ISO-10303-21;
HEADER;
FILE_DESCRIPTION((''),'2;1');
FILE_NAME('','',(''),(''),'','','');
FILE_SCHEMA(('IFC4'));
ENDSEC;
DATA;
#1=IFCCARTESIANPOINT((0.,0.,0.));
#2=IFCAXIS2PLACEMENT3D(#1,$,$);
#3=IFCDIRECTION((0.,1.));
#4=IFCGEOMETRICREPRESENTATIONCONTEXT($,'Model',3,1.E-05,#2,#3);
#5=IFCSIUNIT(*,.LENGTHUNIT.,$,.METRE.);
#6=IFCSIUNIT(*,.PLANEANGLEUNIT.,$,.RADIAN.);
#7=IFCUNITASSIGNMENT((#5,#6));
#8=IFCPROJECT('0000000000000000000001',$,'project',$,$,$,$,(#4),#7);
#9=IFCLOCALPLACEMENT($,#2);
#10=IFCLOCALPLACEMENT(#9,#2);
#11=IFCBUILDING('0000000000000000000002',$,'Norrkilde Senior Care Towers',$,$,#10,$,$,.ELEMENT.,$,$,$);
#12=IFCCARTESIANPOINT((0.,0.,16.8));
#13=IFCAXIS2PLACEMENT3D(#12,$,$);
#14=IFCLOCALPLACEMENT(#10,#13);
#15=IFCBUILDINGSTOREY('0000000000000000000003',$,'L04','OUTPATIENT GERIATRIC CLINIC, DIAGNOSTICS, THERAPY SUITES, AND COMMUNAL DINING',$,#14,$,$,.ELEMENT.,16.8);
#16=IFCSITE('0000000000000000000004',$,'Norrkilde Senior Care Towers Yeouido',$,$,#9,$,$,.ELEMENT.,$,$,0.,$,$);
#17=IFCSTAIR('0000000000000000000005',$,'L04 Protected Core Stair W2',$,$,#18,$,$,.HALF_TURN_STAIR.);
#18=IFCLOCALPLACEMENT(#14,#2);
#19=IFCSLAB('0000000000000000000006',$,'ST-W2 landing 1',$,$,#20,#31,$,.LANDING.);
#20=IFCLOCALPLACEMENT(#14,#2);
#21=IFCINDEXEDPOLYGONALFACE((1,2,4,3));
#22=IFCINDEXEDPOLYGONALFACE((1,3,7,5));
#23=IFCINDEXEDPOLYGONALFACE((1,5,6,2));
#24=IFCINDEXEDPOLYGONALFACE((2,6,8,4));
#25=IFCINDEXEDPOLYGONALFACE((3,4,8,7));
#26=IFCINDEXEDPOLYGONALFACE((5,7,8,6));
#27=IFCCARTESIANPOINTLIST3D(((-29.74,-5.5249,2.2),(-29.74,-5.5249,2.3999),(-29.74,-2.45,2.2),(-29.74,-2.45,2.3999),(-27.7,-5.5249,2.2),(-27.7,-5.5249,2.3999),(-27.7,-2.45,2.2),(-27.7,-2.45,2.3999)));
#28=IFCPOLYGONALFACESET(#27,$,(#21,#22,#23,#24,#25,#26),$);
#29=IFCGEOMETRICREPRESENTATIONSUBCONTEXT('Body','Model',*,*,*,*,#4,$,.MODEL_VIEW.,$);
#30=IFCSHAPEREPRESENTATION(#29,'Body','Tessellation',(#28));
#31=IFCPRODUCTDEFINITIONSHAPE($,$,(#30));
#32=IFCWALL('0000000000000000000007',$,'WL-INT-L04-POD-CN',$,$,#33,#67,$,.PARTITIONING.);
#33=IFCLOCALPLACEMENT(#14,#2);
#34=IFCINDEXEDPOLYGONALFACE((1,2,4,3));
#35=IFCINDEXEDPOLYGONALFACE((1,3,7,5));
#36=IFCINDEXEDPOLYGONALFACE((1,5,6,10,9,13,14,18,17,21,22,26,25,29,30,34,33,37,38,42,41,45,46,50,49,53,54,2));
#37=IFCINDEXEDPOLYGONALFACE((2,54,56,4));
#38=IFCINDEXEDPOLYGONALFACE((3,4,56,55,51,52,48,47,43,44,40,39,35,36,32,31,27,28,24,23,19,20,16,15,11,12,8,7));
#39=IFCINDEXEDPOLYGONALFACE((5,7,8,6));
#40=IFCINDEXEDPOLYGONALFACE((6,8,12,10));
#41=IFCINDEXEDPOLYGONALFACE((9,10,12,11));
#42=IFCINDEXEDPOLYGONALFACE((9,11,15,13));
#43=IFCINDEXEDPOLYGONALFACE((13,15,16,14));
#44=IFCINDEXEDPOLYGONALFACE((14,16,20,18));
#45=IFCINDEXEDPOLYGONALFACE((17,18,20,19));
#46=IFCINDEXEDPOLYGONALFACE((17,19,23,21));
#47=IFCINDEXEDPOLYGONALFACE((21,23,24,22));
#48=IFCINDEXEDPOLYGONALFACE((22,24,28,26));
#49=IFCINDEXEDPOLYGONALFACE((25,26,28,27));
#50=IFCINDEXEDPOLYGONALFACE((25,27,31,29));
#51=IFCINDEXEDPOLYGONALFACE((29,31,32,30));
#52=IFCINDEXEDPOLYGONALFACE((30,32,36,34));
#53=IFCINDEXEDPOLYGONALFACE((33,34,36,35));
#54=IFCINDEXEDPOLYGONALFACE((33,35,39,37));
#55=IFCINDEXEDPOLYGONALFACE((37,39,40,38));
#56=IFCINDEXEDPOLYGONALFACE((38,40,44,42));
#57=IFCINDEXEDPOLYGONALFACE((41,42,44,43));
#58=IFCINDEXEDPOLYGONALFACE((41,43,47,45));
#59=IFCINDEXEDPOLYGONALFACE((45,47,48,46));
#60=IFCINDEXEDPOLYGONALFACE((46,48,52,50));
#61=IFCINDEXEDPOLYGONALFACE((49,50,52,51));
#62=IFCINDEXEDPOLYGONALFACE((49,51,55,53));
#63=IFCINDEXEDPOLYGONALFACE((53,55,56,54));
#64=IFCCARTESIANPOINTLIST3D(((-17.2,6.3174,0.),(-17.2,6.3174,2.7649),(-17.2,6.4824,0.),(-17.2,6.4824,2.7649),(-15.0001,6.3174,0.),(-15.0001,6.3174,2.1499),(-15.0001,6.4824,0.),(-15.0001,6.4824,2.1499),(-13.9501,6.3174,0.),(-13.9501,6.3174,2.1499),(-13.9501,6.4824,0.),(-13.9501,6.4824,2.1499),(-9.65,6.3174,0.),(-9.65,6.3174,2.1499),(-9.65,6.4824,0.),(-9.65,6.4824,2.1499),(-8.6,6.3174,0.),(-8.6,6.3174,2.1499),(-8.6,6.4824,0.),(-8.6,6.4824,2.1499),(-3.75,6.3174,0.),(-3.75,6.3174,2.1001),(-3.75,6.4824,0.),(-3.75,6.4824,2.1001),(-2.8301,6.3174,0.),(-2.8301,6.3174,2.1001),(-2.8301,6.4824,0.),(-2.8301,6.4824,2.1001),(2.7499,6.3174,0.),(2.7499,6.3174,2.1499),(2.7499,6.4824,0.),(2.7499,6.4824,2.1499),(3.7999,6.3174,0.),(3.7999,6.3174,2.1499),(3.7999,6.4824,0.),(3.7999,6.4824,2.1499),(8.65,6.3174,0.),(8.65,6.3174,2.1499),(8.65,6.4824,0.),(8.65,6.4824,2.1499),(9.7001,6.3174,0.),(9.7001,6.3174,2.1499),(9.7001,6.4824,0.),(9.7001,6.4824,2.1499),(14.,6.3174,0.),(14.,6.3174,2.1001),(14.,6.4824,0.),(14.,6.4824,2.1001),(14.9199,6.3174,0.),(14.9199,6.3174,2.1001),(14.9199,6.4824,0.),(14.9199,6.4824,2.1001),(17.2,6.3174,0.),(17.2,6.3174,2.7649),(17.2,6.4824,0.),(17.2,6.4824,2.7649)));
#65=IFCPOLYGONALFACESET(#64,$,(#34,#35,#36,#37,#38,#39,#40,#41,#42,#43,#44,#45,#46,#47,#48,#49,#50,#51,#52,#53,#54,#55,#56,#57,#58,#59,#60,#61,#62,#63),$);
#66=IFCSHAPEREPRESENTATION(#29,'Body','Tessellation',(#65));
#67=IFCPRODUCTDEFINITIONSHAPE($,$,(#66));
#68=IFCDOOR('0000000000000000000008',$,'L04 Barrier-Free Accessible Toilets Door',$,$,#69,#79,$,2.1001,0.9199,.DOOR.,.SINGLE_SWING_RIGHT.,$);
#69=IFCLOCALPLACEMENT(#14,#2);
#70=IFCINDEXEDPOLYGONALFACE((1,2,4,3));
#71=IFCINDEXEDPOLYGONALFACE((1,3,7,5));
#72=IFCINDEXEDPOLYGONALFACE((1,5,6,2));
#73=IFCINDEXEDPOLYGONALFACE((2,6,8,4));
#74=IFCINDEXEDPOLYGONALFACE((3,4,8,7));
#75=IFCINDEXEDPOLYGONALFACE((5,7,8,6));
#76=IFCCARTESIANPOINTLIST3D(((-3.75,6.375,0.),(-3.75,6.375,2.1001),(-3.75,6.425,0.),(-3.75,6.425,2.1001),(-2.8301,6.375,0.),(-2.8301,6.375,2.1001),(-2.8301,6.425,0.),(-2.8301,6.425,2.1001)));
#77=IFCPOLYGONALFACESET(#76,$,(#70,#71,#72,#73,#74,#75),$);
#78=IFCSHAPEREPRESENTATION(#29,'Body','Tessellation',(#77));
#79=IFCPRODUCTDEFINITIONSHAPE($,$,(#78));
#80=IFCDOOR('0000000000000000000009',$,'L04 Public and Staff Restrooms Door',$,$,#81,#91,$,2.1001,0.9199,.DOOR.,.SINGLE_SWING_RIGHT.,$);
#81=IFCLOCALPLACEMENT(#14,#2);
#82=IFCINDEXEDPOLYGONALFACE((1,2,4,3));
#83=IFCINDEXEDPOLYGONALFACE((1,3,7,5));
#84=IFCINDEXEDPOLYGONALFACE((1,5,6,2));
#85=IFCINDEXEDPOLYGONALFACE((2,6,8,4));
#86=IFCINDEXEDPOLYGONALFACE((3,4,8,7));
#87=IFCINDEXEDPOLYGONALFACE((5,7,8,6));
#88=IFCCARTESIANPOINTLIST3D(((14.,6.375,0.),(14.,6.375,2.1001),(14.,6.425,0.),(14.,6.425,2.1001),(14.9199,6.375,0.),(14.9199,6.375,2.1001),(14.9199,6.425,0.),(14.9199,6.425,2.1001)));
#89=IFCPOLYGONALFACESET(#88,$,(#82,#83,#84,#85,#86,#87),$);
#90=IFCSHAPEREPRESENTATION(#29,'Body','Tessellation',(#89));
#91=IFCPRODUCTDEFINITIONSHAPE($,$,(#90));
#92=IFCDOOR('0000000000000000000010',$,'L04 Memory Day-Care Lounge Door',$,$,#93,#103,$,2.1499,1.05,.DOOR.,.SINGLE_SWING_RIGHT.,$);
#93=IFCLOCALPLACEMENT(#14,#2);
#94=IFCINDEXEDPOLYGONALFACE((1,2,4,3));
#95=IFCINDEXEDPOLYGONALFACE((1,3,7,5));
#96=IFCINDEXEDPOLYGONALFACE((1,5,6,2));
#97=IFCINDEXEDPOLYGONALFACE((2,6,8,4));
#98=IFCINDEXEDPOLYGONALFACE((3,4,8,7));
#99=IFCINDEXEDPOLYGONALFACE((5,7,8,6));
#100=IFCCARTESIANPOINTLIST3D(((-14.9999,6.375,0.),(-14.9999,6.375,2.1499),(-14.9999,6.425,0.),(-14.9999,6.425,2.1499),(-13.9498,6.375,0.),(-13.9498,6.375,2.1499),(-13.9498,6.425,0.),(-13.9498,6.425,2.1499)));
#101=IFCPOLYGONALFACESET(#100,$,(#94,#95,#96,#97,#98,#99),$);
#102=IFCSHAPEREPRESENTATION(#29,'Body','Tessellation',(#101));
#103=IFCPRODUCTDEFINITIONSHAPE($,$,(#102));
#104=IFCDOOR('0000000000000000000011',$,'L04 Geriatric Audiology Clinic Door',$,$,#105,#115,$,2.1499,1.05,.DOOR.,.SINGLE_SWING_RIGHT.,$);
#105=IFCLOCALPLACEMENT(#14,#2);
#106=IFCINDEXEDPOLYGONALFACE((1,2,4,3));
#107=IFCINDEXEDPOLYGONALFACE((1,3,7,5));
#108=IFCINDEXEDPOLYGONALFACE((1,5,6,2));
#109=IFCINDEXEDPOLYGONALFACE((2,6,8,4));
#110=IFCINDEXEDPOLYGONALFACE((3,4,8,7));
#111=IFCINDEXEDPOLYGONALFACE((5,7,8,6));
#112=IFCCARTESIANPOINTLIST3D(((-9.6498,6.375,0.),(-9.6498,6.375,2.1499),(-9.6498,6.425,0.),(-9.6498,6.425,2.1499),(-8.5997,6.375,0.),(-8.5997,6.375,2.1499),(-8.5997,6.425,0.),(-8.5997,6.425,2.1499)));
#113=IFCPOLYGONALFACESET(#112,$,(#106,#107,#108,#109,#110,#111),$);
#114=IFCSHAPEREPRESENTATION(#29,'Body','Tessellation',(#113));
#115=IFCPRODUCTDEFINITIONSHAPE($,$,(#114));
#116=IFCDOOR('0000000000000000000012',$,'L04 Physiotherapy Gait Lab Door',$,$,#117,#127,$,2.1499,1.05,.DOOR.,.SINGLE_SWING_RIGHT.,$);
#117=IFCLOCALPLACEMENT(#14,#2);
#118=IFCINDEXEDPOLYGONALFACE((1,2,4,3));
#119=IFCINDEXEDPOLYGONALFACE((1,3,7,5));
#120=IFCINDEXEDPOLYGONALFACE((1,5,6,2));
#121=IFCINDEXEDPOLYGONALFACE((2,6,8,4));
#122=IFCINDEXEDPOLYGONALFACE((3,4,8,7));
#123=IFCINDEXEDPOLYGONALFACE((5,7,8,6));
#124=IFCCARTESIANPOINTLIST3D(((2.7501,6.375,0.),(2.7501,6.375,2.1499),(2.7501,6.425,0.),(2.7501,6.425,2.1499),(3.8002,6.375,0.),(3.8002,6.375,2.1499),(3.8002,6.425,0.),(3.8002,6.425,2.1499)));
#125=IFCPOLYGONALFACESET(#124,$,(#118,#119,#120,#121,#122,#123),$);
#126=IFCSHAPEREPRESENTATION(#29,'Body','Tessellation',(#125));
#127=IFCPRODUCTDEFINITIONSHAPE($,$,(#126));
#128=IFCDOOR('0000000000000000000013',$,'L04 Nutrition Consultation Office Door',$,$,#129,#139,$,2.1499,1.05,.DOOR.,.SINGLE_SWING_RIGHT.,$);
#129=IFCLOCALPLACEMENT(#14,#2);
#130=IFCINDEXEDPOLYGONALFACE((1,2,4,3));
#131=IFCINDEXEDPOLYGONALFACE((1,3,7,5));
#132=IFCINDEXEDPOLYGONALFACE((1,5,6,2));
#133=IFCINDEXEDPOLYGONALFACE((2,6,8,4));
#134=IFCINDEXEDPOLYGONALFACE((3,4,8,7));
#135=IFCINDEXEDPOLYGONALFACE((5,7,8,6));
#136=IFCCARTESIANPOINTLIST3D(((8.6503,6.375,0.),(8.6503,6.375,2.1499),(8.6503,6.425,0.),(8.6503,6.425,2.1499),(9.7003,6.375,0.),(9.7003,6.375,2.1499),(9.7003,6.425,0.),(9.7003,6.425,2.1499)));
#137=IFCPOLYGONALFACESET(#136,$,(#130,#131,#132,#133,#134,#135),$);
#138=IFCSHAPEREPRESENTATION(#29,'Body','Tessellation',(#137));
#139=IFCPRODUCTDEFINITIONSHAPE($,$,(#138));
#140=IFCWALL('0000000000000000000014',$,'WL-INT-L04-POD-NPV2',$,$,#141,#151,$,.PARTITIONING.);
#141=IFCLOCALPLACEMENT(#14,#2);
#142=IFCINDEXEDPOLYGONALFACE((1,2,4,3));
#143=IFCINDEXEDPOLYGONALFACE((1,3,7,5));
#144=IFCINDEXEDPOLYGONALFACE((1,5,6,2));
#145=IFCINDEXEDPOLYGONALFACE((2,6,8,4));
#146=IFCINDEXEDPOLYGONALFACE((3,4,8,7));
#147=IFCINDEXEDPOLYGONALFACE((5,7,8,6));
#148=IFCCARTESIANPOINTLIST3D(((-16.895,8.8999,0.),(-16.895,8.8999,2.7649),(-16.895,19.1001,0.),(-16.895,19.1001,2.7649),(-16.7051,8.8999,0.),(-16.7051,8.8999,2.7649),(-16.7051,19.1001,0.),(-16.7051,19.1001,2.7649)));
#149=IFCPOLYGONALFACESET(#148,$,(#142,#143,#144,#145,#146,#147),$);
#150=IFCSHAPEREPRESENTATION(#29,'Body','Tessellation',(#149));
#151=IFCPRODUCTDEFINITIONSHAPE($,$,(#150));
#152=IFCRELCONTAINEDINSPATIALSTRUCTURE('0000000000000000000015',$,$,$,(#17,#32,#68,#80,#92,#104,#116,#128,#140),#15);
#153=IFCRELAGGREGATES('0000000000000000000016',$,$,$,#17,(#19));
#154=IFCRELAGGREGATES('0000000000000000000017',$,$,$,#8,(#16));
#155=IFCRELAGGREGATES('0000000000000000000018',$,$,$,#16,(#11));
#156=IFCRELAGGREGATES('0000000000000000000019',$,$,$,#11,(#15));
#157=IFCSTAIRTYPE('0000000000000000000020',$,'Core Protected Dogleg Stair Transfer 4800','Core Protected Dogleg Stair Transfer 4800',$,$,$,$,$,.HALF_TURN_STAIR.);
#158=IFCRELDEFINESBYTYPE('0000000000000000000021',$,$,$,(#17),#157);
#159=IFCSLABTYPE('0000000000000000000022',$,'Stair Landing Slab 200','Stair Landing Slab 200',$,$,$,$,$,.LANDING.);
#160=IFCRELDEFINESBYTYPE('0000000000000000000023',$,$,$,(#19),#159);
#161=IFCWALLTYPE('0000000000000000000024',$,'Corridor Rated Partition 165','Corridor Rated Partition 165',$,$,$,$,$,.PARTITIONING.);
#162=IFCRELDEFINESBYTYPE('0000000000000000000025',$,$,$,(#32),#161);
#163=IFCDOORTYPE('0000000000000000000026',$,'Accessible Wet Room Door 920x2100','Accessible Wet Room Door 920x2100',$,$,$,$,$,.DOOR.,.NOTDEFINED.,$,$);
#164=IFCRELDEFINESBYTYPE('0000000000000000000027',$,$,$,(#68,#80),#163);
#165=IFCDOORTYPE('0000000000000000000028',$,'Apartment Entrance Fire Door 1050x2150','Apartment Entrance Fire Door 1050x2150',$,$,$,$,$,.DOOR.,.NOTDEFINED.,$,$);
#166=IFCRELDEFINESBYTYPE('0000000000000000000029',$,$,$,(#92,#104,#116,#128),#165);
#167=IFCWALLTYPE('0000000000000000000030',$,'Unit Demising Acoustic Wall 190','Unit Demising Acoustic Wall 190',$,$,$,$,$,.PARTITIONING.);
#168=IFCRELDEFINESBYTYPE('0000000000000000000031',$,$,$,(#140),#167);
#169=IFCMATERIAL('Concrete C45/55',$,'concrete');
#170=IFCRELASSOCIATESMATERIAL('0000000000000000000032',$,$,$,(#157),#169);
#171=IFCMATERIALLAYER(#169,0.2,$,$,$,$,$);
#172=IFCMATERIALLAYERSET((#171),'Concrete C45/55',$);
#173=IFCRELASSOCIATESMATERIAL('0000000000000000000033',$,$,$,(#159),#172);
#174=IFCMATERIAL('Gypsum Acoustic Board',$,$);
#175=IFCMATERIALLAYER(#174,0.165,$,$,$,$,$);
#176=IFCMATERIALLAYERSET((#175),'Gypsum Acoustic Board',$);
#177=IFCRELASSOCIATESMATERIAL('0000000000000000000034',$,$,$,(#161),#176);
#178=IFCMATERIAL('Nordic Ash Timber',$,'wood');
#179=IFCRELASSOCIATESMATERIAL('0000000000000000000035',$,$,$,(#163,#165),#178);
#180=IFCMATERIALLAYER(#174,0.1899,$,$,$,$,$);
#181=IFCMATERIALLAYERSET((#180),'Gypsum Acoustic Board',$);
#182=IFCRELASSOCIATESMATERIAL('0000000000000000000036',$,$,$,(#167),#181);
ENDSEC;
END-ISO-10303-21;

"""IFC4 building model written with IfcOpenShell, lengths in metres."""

from ifc_helpers import new_model, si_unit, direction, frame, frame_2d, origin, place, context, subcontext, project, spatial, polyline, rectangle, outline, extrude, source, transform, mapped, material, layer, layer_set, type_object, type_shapes, element, fill, aggregate, save


model = new_model("IFC4")

# Units and contexts
model_context = context("Model", 3, precision=1e-05, world=origin(), true_north=direction((0.0, 1.0)))
body_context = subcontext(model_context, "Body", "Model", "MODEL_VIEW")
ifc_project = project(units=[si_unit("LENGTHUNIT", "METRE"), si_unit("PLANEANGLEUNIT", "RADIAN")], contexts=[model_context])

# Site, building, storey
site_placement = place(None, origin())
site = spatial("IfcSite", under=ifc_project, at=site_placement, Name="Norrkilde Senior Care Towers Yeouido", CompositionType="ELEMENT", RefElevation=0.0)
building_placement = place(site_placement, origin())
building = spatial("IfcBuilding", under=site, at=building_placement, Name="Norrkilde Senior Care Towers", CompositionType="ELEMENT")
storey_placement = place(building_placement, frame((0.0, 0.0, 16.8)))
storey = spatial("IfcBuildingStorey", under=building, at=storey_placement, Name="L04", Description="OUTPATIENT GERIATRIC CLINIC, DIAGNOSTICS, THERAPY SUITES, AND COMMUNAL DINING", CompositionType="ELEMENT", Elevation=16.8)

# Shared definitions
ifc_material_1 = material(Name="Concrete C45/55", Category="concrete")

# Stair, slab
stair_type = type_object("IfcStairType", Name="Core Protected Dogleg Stair Transfer 4800", Description="Core Protected Dogleg Stair Transfer 4800", PredefinedType="HALF_TURN_STAIR", material=ifc_material_1)
ifc_layer_1 = layer(ifc_material_1, 0.2)
ifc_layer_set_1 = layer_set([ifc_layer_1], Name="Concrete C45/55")
slab_type_1 = type_object("IfcSlabType", Name="Stair Landing Slab 200", Description="Stair Landing Slab 200", PredefinedType="LANDING", material=ifc_layer_set_1)
stair_1_placement = place(storey_placement, origin())
stair_1 = element("IfcStair", 1, at=stair_1_placement, inside=storey, type_object=stair_type, Name="L04 Protected Core Stair W2", PredefinedType="HALF_TURN_STAIR")
slab_1_placement = place(storey_placement, frame((0.0, 0.0, 2.2)))
slab_1 = element("IfcSlab", 2, at=slab_1_placement, type_object=slab_type_1, Name="ST-W2 landing 1", PredefinedType="LANDING", context=body_context, shape_type="SweptSolid", body=[
    extrude(outline(polyline([(-29.74, -5.5249), (-27.7, -5.5249), (-27.7, -2.45), (-29.74, -2.45), (-29.74, -5.5249)])), origin(), (0.0, 0.0, 1.0), 0.2),
])
aggregate(stair_1, [slab_1])

# Wall, openings, doors
ifc_material_2 = material(Name="Gypsum Acoustic Board")
ifc_layer_2 = layer(ifc_material_2, 0.165)
ifc_layer_set_2 = layer_set([ifc_layer_2], Name="Gypsum Acoustic Board")
wall_type_1 = type_object("IfcWallType", Name="Corridor Rated Partition 165", Description="Corridor Rated Partition 165", PredefinedType="PARTITIONING", material=ifc_layer_set_2)
shared_shape_1 = source(origin(), body_context, "Body", "SweptSolid", [
    extrude(rectangle(XDim=34.3999, YDim=0.165, at=frame_2d((17.2, 0.0))), origin(), (0.0, 0.0, 1.0), 2.7649),
])
type_shapes(wall_type_1, [shared_shape_1])
wall_1_placement = place(storey_placement, frame((-17.2, 6.3999, 0.0), z_axis=(0.0, 0.0, 1.0), x_axis=(1.0, 0.0, 0.0)))
wall_1 = element("IfcWall", 3, at=wall_1_placement, inside=storey, type_object=wall_type_1, Name="WL-INT-L04-POD-CN", PredefinedType="PARTITIONING", context=body_context, shape_type="MappedRepresentation", body=[
    mapped(shared_shape_1, transform((0.0, 0.0, 0.0), x_axis=(1.0, 0.0, 0.0), y_axis=(0.0, 1.0, 0.0), z_axis=(0.0, 0.0, 1.0), scale=1.0)),
])
opening_1_placement = place(wall_1_placement, frame((2.2, 0.0, 0.0)))
opening_1 = element("IfcOpeningElement", 4, at=opening_1_placement, cuts=wall_1, PredefinedType="OPENING", context=body_context, shape_type="SweptSolid", body=[
    extrude(rectangle(XDim=1.05, YDim=2.1499, at=frame_2d((0.5249, 1.075))), frame((0.0, 0.0925, 0.0), z_axis=(0.0, -1.0, 0.0), x_axis=(1.0, 0.0, 0.0)), (0.0, 0.0, 1.0), 0.1851),
])
opening_2_placement = place(wall_1_placement, frame((7.55, 0.0, 0.0)))
opening_2 = element("IfcOpeningElement", 5, at=opening_2_placement, cuts=wall_1, PredefinedType="OPENING", context=body_context, shape_type="SweptSolid", body=[
    extrude(rectangle(XDim=1.05, YDim=2.1499, at=frame_2d((0.5249, 1.075))), frame((0.0, 0.0925, 0.0), z_axis=(0.0, -1.0, 0.0), x_axis=(1.0, 0.0, 0.0)), (0.0, 0.0, 1.0), 0.1851),
])
opening_3_placement = place(wall_1_placement, frame((13.45, 0.0, 0.0)))
opening_3 = element("IfcOpeningElement", 6, at=opening_3_placement, cuts=wall_1, PredefinedType="OPENING", context=body_context, shape_type="SweptSolid", body=[
    extrude(rectangle(XDim=0.9199, YDim=2.1001, at=frame_2d((0.46, 1.05))), frame((0.0, 0.0925, 0.0), z_axis=(0.0, -1.0, 0.0), x_axis=(1.0, 0.0, 0.0)), (0.0, 0.0, 1.0), 0.1851),
])
opening_4_placement = place(wall_1_placement, frame((19.95, 0.0, 0.0)))
opening_4 = element("IfcOpeningElement", 7, at=opening_4_placement, cuts=wall_1, PredefinedType="OPENING", context=body_context, shape_type="SweptSolid", body=[
    extrude(rectangle(XDim=1.05, YDim=2.1499, at=frame_2d((0.5249, 1.075))), frame((0.0, 0.0925, 0.0), z_axis=(0.0, -1.0, 0.0), x_axis=(1.0, 0.0, 0.0)), (0.0, 0.0, 1.0), 0.1851),
])
opening_5_placement = place(wall_1_placement, frame((25.8501, 0.0, 0.0)))
opening_5 = element("IfcOpeningElement", 8, at=opening_5_placement, cuts=wall_1, PredefinedType="OPENING", context=body_context, shape_type="SweptSolid", body=[
    extrude(rectangle(XDim=1.05, YDim=2.1499, at=frame_2d((0.5249, 1.075))), frame((0.0, 0.0925, 0.0), z_axis=(0.0, -1.0, 0.0), x_axis=(1.0, 0.0, 0.0)), (0.0, 0.0, 1.0), 0.1851),
])
opening_6_placement = place(wall_1_placement, frame((31.2, 0.0, 0.0)))
opening_6 = element("IfcOpeningElement", 9, at=opening_6_placement, cuts=wall_1, PredefinedType="OPENING", context=body_context, shape_type="SweptSolid", body=[
    extrude(rectangle(XDim=0.9199, YDim=2.1001, at=frame_2d((0.46, 1.05))), frame((0.0, 0.0925, 0.0), z_axis=(0.0, -1.0, 0.0), x_axis=(1.0, 0.0, 0.0)), (0.0, 0.0, 1.0), 0.1851),
])
ifc_material_3 = material(Name="Nordic Ash Timber", Category="wood")
door_type_1 = type_object("IfcDoorType", Name="Accessible Wet Room Door 920x2100", Description="Accessible Wet Room Door 920x2100", OperationType="NOTDEFINED", PredefinedType="DOOR", material=ifc_material_3)
shared_shape_2 = source(origin(), body_context, "Body", "SweptSolid", [
    extrude(rectangle(XDim=0.9199, YDim=2.1001, at=frame_2d((0.46, 1.05))), frame((0.0, 0.0249, 0.0), z_axis=(0.0, -1.0, 0.0), x_axis=(1.0, 0.0, 0.0)), (0.0, 0.0, 1.0), 0.05),
])
type_shapes(door_type_1, [shared_shape_2])
door_1_placement = place(opening_3_placement, frame((0.9199, 0.0, 0.0), z_axis=(0.0, 0.0, 1.0), x_axis=(-1.0, 0.0, 0.0)))
door_1 = element("IfcDoor", 10, at=door_1_placement, inside=storey, type_object=door_type_1, Name="L04 Barrier-Free Accessible Toilets Door", OperationType="SINGLE_SWING_RIGHT", OverallHeight=2.1001, OverallWidth=0.9199, PredefinedType="DOOR", context=body_context, shape_type="MappedRepresentation", body=[
    mapped(shared_shape_2, transform((0.0, 0.0, 0.0), x_axis=(1.0, 0.0, 0.0), y_axis=(0.0, 1.0, 0.0), z_axis=(0.0, 0.0, 1.0), scale=1.0)),
])
fill(opening_3, door_1)
door_2_placement = place(opening_6_placement, frame((0.9199, 0.0, 0.0), z_axis=(0.0, 0.0, 1.0), x_axis=(-1.0, 0.0, 0.0)))
door_2 = element("IfcDoor", 11, at=door_2_placement, inside=storey, type_object=door_type_1, Name="L04 Public and Staff Restrooms Door", OperationType="SINGLE_SWING_RIGHT", OverallHeight=2.1001, OverallWidth=0.9199, PredefinedType="DOOR", context=body_context, shape_type="MappedRepresentation", body=[
    mapped(shared_shape_2, transform((0.0, 0.0, 0.0), x_axis=(1.0, 0.0, 0.0), y_axis=(0.0, 1.0, 0.0), z_axis=(0.0, 0.0, 1.0), scale=1.0)),
])
fill(opening_6, door_2)
door_type_2 = type_object("IfcDoorType", Name="Apartment Entrance Fire Door 1050x2150", Description="Apartment Entrance Fire Door 1050x2150", OperationType="NOTDEFINED", PredefinedType="DOOR", material=ifc_material_3)
shared_shape_3 = source(origin(), body_context, "Body", "SweptSolid", [
    extrude(rectangle(XDim=1.05, YDim=2.1499, at=frame_2d((0.5249, 1.075))), frame((0.0, 0.0249, 0.0), z_axis=(0.0, -1.0, 0.0), x_axis=(1.0, 0.0, 0.0)), (0.0, 0.0, 1.0), 0.05),
])
type_shapes(door_type_2, [shared_shape_3])
door_3_placement = place(opening_1_placement, frame((1.05, 0.0, 0.0), z_axis=(0.0, 0.0, 1.0), x_axis=(-1.0, 0.0, 0.0)))
door_3 = element("IfcDoor", 12, at=door_3_placement, inside=storey, type_object=door_type_2, Name="L04 Memory Day-Care Lounge Door", OperationType="SINGLE_SWING_RIGHT", OverallHeight=2.1499, OverallWidth=1.05, PredefinedType="DOOR", context=body_context, shape_type="MappedRepresentation", body=[
    mapped(shared_shape_3, transform((0.0, 0.0, 0.0), x_axis=(1.0, 0.0, 0.0), y_axis=(0.0, 1.0, 0.0), z_axis=(0.0, 0.0, 1.0), scale=1.0)),
])
fill(opening_1, door_3)
door_4_placement = place(opening_2_placement, frame((1.05, 0.0, 0.0), z_axis=(0.0, 0.0, 1.0), x_axis=(-1.0, 0.0, 0.0)))
door_4 = element("IfcDoor", 13, at=door_4_placement, inside=storey, type_object=door_type_2, Name="L04 Geriatric Audiology Clinic Door", OperationType="SINGLE_SWING_RIGHT", OverallHeight=2.1499, OverallWidth=1.05, PredefinedType="DOOR", context=body_context, shape_type="MappedRepresentation", body=[
    mapped(shared_shape_3, transform((0.0, 0.0, 0.0), x_axis=(1.0, 0.0, 0.0), y_axis=(0.0, 1.0, 0.0), z_axis=(0.0, 0.0, 1.0), scale=1.0)),
])
fill(opening_2, door_4)
door_5_placement = place(opening_4_placement, frame((1.05, 0.0, 0.0), z_axis=(0.0, 0.0, 1.0), x_axis=(-1.0, 0.0, 0.0)))
door_5 = element("IfcDoor", 14, at=door_5_placement, inside=storey, type_object=door_type_2, Name="L04 Physiotherapy Gait Lab Door", OperationType="SINGLE_SWING_RIGHT", OverallHeight=2.1499, OverallWidth=1.05, PredefinedType="DOOR", context=body_context, shape_type="MappedRepresentation", body=[
    mapped(shared_shape_3, transform((0.0, 0.0, 0.0), x_axis=(1.0, 0.0, 0.0), y_axis=(0.0, 1.0, 0.0), z_axis=(0.0, 0.0, 1.0), scale=1.0)),
])
fill(opening_4, door_5)
door_6_placement = place(opening_5_placement, frame((1.05, 0.0, 0.0), z_axis=(0.0, 0.0, 1.0), x_axis=(-1.0, 0.0, 0.0)))
door_6 = element("IfcDoor", 15, at=door_6_placement, inside=storey, type_object=door_type_2, Name="L04 Nutrition Consultation Office Door", OperationType="SINGLE_SWING_RIGHT", OverallHeight=2.1499, OverallWidth=1.05, PredefinedType="DOOR", context=body_context, shape_type="MappedRepresentation", body=[
    mapped(shared_shape_3, transform((0.0, 0.0, 0.0), x_axis=(1.0, 0.0, 0.0), y_axis=(0.0, 1.0, 0.0), z_axis=(0.0, 0.0, 1.0), scale=1.0)),
])
fill(opening_5, door_6)

# Wall
ifc_layer_3 = layer(ifc_material_2, 0.1899)
ifc_layer_set_3 = layer_set([ifc_layer_3], Name="Gypsum Acoustic Board")
wall_type_2 = type_object("IfcWallType", Name="Unit Demising Acoustic Wall 190", Description="Unit Demising Acoustic Wall 190", PredefinedType="PARTITIONING", material=ifc_layer_set_3)
shared_shape_4 = source(origin(), body_context, "Body", "SweptSolid", [
    extrude(rectangle(XDim=10.2002, YDim=0.1899, at=frame_2d((5.1001, 0.0))), origin(), (0.0, 0.0, 1.0), 2.7649),
])
type_shapes(wall_type_2, [shared_shape_4])
wall_2_placement = place(storey_placement, frame((-16.8, 8.8999, 0.0), z_axis=(0.0, 0.0, 1.0), x_axis=(0.0, 1.0, 0.0)))
element("IfcWall", 16, at=wall_2_placement, inside=storey, type_object=wall_type_2, Name="WL-INT-L04-POD-NPV2", PredefinedType="PARTITIONING", context=body_context, shape_type="MappedRepresentation", body=[
    mapped(shared_shape_4, transform((0.0, 0.0, 0.0), x_axis=(1.0, 0.0, 0.0), y_axis=(0.0, 1.0, 0.0), z_axis=(0.0, 0.0, 1.0), scale=1.0)),
])

save(model, "model.ifc")
